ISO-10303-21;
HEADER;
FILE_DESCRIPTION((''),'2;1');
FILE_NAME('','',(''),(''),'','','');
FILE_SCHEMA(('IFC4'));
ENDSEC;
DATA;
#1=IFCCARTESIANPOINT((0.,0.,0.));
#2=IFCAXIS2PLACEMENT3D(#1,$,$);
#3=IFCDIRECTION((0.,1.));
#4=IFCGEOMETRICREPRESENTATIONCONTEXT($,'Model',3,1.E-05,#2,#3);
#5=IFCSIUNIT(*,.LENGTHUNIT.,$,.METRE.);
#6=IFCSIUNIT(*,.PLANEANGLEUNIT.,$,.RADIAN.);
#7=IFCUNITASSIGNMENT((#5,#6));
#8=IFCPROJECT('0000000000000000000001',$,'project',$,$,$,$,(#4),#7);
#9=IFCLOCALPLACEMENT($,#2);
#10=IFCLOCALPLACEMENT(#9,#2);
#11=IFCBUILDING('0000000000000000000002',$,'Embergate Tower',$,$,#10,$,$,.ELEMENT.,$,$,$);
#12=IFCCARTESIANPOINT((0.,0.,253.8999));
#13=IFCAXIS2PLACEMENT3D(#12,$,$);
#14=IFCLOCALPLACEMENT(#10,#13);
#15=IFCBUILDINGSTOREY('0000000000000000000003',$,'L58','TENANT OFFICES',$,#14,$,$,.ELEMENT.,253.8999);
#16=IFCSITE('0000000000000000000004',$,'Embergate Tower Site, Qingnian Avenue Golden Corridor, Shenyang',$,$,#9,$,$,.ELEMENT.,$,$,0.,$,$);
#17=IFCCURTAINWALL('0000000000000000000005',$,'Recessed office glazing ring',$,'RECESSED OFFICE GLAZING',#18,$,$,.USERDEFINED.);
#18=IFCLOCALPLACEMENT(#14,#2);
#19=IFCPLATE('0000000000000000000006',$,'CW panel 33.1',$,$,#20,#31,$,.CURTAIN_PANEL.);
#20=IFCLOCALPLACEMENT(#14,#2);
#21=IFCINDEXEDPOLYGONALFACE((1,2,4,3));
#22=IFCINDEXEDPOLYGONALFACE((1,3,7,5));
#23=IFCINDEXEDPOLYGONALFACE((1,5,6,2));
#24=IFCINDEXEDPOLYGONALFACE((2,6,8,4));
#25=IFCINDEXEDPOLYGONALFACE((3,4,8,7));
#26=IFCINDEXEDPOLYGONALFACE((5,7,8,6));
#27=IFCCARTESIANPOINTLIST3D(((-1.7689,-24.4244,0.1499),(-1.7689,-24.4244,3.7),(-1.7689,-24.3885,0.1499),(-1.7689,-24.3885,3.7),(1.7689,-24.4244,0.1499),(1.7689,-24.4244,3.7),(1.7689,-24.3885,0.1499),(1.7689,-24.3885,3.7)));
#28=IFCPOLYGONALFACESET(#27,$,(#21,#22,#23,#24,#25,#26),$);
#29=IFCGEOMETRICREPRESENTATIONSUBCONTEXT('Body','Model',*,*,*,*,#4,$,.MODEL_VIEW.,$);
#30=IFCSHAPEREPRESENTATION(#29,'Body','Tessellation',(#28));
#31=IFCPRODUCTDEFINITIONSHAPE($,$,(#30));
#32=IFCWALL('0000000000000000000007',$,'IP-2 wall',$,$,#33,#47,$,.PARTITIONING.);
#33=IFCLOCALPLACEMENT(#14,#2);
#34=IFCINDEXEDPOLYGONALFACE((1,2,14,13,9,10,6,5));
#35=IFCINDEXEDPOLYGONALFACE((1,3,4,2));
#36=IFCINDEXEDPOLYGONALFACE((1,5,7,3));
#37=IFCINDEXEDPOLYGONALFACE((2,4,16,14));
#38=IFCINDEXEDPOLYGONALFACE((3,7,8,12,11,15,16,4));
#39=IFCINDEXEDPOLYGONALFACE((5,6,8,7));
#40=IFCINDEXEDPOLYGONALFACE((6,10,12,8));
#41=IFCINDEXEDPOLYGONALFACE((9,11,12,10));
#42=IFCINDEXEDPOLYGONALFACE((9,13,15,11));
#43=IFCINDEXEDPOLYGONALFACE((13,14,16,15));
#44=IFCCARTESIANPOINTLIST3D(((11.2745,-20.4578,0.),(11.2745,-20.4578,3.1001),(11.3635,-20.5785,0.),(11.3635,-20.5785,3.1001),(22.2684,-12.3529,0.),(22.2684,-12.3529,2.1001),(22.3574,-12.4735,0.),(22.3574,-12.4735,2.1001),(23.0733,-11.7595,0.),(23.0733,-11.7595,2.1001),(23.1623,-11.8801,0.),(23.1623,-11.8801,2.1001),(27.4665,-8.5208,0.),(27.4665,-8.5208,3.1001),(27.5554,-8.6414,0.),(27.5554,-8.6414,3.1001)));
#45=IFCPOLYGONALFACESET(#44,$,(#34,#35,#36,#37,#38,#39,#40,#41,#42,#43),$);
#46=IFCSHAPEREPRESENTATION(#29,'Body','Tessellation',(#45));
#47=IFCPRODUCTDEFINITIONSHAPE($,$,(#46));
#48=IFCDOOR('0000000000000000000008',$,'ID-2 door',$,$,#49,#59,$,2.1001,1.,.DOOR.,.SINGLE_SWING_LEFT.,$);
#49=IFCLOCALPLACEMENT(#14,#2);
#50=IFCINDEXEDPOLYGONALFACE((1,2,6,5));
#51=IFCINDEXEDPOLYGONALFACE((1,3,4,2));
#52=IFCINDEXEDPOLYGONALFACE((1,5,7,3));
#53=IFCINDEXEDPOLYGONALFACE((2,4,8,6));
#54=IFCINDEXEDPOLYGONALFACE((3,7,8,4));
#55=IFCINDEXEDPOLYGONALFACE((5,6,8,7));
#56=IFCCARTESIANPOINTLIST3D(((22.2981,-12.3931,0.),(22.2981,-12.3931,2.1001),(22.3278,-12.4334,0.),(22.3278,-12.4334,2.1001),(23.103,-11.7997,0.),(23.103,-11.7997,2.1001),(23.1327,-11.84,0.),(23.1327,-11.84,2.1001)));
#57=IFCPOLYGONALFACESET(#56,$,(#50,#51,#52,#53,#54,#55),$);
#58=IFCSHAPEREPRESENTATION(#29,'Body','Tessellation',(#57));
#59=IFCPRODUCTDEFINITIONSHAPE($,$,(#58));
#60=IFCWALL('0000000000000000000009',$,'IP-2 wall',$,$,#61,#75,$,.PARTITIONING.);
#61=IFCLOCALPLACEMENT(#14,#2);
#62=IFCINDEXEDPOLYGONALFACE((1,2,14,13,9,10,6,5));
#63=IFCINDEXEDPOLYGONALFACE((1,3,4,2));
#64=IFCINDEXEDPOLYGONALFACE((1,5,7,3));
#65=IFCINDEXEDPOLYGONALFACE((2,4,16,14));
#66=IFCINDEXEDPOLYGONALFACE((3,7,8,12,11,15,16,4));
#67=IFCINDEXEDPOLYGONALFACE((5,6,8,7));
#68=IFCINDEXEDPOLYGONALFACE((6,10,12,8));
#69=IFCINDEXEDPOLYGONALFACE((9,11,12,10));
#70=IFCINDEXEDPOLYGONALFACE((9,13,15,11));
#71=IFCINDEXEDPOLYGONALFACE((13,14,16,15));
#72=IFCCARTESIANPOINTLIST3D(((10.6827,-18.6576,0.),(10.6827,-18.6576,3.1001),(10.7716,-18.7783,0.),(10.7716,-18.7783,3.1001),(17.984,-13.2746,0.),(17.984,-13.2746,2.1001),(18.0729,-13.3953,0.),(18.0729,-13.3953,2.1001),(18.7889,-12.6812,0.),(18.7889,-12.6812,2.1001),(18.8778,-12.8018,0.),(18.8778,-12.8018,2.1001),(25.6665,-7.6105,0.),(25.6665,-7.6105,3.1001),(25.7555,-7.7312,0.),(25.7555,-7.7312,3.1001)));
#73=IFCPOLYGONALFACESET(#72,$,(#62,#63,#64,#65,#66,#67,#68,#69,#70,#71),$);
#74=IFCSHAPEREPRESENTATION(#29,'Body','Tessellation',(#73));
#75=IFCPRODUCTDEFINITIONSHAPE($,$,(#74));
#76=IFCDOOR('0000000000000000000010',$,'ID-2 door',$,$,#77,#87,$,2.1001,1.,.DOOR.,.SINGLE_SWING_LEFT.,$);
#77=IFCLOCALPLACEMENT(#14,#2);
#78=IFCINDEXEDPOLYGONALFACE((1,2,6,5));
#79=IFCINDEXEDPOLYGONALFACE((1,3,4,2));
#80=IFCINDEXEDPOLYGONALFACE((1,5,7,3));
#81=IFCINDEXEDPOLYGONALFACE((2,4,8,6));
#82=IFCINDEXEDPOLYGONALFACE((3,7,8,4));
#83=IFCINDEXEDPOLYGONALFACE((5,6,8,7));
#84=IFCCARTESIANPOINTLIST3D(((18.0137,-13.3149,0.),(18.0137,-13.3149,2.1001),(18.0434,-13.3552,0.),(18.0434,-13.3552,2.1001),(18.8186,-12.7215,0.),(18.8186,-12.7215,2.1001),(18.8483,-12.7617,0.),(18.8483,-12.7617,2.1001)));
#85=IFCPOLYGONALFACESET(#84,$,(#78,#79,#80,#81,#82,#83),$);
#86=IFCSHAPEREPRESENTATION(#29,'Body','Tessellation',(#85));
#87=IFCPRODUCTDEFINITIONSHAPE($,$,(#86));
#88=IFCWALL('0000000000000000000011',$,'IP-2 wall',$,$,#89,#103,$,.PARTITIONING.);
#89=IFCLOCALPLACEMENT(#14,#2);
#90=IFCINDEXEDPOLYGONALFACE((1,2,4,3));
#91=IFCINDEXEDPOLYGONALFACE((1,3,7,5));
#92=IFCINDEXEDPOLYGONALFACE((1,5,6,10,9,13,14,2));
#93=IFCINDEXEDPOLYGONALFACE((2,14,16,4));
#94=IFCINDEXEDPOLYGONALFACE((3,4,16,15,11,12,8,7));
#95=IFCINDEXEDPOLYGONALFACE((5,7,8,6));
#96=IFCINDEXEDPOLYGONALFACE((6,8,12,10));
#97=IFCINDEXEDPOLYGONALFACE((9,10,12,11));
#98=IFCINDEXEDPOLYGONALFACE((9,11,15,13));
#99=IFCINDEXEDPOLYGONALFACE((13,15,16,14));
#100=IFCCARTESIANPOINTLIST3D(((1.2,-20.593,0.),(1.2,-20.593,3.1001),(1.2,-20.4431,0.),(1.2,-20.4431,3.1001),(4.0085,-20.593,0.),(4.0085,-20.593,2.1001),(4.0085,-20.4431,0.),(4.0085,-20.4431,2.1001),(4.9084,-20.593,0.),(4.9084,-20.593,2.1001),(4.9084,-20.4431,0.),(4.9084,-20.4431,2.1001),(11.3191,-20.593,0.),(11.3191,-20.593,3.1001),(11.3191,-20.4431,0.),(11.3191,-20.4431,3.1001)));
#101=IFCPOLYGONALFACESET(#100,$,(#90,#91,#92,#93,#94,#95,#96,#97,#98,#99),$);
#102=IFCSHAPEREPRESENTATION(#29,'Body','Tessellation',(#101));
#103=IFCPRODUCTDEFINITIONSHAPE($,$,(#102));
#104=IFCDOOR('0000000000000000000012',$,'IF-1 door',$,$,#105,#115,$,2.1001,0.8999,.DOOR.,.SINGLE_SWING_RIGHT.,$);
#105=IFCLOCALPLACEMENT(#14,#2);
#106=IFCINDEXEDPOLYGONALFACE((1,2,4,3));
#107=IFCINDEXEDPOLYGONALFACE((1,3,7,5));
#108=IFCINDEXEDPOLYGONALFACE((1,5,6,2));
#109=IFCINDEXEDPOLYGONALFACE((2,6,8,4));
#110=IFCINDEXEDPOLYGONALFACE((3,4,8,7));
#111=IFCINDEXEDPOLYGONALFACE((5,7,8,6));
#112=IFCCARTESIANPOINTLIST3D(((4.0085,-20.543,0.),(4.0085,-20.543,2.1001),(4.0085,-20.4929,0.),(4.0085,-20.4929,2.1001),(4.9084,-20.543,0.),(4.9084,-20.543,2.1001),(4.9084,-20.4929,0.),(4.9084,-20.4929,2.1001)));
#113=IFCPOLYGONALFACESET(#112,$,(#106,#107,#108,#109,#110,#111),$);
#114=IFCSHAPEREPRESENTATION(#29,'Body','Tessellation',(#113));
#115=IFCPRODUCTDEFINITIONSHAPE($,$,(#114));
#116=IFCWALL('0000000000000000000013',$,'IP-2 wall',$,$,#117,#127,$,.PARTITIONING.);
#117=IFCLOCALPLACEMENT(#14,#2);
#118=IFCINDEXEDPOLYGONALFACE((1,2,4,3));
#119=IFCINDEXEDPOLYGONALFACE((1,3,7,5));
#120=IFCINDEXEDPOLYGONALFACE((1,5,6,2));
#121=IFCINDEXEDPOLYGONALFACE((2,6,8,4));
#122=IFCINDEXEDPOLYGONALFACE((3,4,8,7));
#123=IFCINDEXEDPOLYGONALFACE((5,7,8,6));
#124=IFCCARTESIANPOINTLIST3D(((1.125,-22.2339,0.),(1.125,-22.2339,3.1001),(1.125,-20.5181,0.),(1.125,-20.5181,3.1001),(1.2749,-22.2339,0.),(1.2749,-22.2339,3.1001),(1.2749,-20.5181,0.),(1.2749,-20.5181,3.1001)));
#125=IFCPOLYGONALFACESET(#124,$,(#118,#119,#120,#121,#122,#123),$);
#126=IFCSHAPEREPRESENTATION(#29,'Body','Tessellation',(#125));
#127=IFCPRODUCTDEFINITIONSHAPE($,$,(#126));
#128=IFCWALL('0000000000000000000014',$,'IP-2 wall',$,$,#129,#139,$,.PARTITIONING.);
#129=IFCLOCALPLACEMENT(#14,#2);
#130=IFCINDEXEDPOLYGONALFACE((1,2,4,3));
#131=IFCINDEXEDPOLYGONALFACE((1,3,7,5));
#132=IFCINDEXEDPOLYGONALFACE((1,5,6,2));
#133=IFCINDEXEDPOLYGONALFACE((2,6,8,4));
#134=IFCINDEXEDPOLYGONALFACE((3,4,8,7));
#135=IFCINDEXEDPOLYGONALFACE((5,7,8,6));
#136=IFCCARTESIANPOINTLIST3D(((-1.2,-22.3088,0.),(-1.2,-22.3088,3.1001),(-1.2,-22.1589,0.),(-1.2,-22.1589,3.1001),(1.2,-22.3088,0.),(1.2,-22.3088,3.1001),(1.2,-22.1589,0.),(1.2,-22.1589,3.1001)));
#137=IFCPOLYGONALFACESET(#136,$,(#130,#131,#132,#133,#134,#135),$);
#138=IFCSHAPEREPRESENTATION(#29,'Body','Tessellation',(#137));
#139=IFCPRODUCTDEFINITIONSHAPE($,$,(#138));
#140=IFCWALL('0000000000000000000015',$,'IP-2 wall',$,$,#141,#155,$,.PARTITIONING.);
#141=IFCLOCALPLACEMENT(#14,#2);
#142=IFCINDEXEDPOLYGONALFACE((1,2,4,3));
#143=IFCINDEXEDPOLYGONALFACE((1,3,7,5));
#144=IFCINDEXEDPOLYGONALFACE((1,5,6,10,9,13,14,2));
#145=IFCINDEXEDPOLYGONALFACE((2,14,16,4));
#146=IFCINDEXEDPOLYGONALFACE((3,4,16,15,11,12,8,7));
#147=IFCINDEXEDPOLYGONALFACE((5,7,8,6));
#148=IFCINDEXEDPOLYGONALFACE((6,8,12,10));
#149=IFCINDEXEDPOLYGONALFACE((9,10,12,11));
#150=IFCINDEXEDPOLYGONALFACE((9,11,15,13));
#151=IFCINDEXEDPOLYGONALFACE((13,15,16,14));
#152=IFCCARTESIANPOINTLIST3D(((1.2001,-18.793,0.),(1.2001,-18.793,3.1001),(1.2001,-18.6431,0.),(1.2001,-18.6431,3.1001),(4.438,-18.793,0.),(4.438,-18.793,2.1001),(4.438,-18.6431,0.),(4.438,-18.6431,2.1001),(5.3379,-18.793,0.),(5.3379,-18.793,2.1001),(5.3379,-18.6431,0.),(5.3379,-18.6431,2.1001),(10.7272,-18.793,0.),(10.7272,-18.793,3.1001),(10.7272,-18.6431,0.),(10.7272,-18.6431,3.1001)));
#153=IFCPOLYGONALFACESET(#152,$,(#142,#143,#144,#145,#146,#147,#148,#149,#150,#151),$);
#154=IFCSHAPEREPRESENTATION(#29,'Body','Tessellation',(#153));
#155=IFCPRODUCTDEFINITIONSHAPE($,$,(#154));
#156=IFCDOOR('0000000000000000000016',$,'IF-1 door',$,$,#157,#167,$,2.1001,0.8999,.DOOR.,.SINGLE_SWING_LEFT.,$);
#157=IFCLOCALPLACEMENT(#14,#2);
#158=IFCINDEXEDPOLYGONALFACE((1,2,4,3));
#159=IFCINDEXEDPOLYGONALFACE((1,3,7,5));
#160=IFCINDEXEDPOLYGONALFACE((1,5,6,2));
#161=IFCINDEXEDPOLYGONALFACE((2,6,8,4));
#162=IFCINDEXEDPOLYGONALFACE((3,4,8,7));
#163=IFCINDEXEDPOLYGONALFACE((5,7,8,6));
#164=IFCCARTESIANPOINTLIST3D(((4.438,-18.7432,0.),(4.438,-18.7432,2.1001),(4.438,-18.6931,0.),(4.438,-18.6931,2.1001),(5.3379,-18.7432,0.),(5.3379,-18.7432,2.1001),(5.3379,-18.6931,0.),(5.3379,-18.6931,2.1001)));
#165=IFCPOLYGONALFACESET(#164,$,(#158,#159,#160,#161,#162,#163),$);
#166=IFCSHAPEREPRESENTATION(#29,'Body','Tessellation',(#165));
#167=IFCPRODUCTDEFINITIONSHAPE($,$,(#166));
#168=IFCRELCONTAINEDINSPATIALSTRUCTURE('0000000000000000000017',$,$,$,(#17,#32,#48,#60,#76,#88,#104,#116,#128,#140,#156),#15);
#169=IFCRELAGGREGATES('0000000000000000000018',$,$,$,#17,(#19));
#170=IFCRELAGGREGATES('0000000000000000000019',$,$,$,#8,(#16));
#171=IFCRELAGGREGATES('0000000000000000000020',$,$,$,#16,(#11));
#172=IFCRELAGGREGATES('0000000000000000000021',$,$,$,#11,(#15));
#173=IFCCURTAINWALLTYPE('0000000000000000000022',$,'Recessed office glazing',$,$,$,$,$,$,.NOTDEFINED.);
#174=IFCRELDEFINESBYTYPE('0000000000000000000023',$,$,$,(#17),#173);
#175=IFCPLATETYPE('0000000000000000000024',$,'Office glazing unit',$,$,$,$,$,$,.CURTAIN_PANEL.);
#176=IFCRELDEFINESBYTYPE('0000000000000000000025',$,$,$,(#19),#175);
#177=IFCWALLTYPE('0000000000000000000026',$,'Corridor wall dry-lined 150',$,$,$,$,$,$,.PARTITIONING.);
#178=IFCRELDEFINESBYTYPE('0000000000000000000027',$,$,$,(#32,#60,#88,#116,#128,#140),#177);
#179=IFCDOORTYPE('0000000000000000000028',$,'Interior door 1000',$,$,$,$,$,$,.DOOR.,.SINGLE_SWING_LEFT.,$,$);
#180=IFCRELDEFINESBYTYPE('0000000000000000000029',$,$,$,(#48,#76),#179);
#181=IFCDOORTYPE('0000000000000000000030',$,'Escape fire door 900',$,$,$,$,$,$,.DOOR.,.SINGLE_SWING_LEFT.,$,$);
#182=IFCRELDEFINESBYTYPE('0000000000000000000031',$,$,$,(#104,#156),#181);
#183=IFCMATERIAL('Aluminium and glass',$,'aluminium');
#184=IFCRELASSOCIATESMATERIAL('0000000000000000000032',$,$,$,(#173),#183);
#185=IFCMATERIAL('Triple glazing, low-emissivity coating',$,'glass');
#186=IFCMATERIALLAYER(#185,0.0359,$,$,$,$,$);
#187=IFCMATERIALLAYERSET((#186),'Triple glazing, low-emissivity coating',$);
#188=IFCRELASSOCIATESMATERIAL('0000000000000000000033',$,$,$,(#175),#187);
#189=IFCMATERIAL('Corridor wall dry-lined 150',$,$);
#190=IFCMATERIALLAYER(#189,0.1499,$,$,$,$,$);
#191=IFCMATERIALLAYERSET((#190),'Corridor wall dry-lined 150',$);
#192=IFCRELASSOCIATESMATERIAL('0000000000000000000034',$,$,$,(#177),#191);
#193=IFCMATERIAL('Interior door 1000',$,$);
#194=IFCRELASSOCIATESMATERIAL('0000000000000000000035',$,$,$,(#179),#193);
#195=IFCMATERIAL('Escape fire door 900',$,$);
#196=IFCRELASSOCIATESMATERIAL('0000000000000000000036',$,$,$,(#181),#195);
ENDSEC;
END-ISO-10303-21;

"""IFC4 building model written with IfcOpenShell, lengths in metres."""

from ifc_helpers import new_model, si_unit, direction, frame, frame_2d, origin, origin_2d, place, context, subcontext, project, spatial, rectangle, extrude, source, transform, mapped, material, layer, layer_set, type_object, element, fill, aggregate, save


model = new_model("IFC4")

# Units and contexts
model_context = context("Model", 3, precision=1e-05, world=origin(), true_north=direction((0.0, 1.0)))
body_context = subcontext(model_context, "Body", "Model", "MODEL_VIEW")
ifc_project = project(units=[si_unit("LENGTHUNIT", "METRE"), si_unit("PLANEANGLEUNIT", "RADIAN")], contexts=[model_context])

# Site, building, storey
site_placement = place(None, origin())
site = spatial("IfcSite", under=ifc_project, at=site_placement, Name="Embergate Tower Site, Qingnian Avenue Golden Corridor, Shenyang", CompositionType="ELEMENT", RefElevation=0.0)
building_placement = place(site_placement, origin())
building = spatial("IfcBuilding", under=site, at=building_placement, Name="Embergate Tower", CompositionType="ELEMENT")
storey_placement = place(building_placement, frame((0.0, 0.0, 253.8999)))
storey = spatial("IfcBuildingStorey", under=building, at=storey_placement, Name="L58", Description="TENANT OFFICES", CompositionType="ELEMENT", Elevation=253.8999)

# Curtain wall, plate
ifc_material_1 = material(Name="Aluminium and glass", Category="aluminium")
curtain_wall_type = type_object("IfcCurtainWallType", Name="Recessed office glazing", PredefinedType="NOTDEFINED", material=ifc_material_1)
curtain_wall_placement = place(storey_placement, origin())
curtain_wall = element("IfcCurtainWall", 1, at=curtain_wall_placement, inside=storey, type_object=curtain_wall_type, Name="Recessed office glazing ring", ObjectType="RECESSED OFFICE GLAZING", PredefinedType="USERDEFINED")
ifc_material_2 = material(Name="Triple glazing, low-emissivity coating", Category="glass")
ifc_layer_1 = layer(ifc_material_2, 0.0359)
ifc_layer_set_1 = layer_set([ifc_layer_1], Name="Triple glazing, low-emissivity coating")
plate_type = type_object("IfcPlateType", Name="Office glazing unit", PredefinedType="CURTAIN_PANEL", material=ifc_layer_set_1)
shared_shape_1 = source(origin(), body_context, "Body", "SweptSolid", [
    extrude(rectangle(XDim=3.5378, YDim=0.0359, at=origin_2d()), origin(), (0.0, 0.0, 1.0), 3.55),
])
plate_1_placement = place(storey_placement, frame((0.0, -24.4065, 0.1499), z_axis=(0.0, 0.0, 1.0), x_axis=(1.0, 0.0, 0.0)))
plate_1 = element("IfcPlate", 2, at=plate_1_placement, type_object=plate_type, Name="CW panel 33.1", PredefinedType="CURTAIN_PANEL", context=body_context, shape_type="MappedRepresentation", body=[
    mapped(shared_shape_1, transform((0.0, 0.0, 0.0))),
])
aggregate(curtain_wall, [plate_1])

# Walls, openings, doors
ifc_material_3 = material(Name="Corridor wall dry-lined 150")
ifc_layer_2 = layer(ifc_material_3, 0.1499)
ifc_layer_set_2 = layer_set([ifc_layer_2], Name="Corridor wall dry-lined 150")
wall_type_1 = type_object("IfcWallType", Name="Corridor wall dry-lined 150", PredefinedType="PARTITIONING", material=ifc_layer_set_2)
shared_shape_2 = source(origin(), body_context, "Body", "SweptSolid", [
    extrude(rectangle(XDim=20.1165, YDim=0.1499, at=frame_2d((10.0581, 0.0))), origin(), (0.0, 0.0, 1.0), 3.1001),
])
wall_1_placement = place(storey_placement, frame((11.3191, -20.5181, 0.0), z_axis=(0.0, 0.0, 1.0), x_axis=(0.80491, 0.593397, 0.0)))
wall_1 = element("IfcWall", 3, at=wall_1_placement, inside=storey, type_object=wall_type_1, Name="IP-2 wall", PredefinedType="PARTITIONING", context=body_context, shape_type="MappedRepresentation", body=[
    mapped(shared_shape_2, transform((0.0, 0.0, 0.0))),
])
shared_shape_3 = source(origin(), body_context, "Body", "SweptSolid", [
    extrude(rectangle(XDim=1.0, YDim=2.1001, at=frame_2d((0.5, 1.05))), frame((0.0, 0.085, 0.0), z_axis=(0.0, -1.0, 0.0), x_axis=(1.0, 0.0, 0.0)), (0.0, 0.0, 1.0), 0.1699),
])
opening_1_placement = place(wall_1_placement, frame((13.6584, 0.0, 0.0)))
opening_1 = element("IfcOpeningElement", 4, at=opening_1_placement, cuts=wall_1, PredefinedType="OPENING", context=body_context, shape_type="MappedRepresentation", body=[
    mapped(shared_shape_3, transform((0.0, 0.0, 0.0))),
])
ifc_material_4 = material(Name="Interior door 1000")
door_type_1 = type_object("IfcDoorType", Name="Interior door 1000", OperationType="SINGLE_SWING_LEFT", PredefinedType="DOOR", material=ifc_material_4)
shared_shape_4 = source(origin(), body_context, "Body", "SweptSolid", [
    extrude(rectangle(XDim=1.0, YDim=2.1001, at=frame_2d((0.5, 1.05))), frame((0.0, 0.0249, 0.0), z_axis=(0.0, -1.0, 0.0), x_axis=(1.0, 0.0, 0.0)), (0.0, 0.0, 1.0), 0.05),
])
door_1_placement = place(opening_1_placement, origin())
door_1 = element("IfcDoor", 5, at=door_1_placement, inside=storey, type_object=door_type_1, Name="ID-2 door", OperationType="SINGLE_SWING_LEFT", OverallHeight=2.1001, OverallWidth=1.0, PredefinedType="DOOR", context=body_context, shape_type="MappedRepresentation", body=[
    mapped(shared_shape_4, transform((0.0, 0.0, 0.0))),
])
fill(opening_1, door_1)
shared_shape_5 = source(origin(), body_context, "Body", "SweptSolid", [
    extrude(rectangle(XDim=18.616, YDim=0.1499, at=frame_2d((9.3081, 0.0))), origin(), (0.0, 0.0, 1.0), 3.1001),
])
wall_2_placement = place(storey_placement, frame((10.7271, -18.718, 0.0), z_axis=(0.0, 0.0, 1.0), x_axis=(0.804893, 0.59342, 0.0)))
wall_2 = element("IfcWall", 6, at=wall_2_placement, inside=storey, type_object=wall_type_1, Name="IP-2 wall", PredefinedType="PARTITIONING", context=body_context, shape_type="MappedRepresentation", body=[
    mapped(shared_shape_5, transform((0.0, 0.0, 0.0))),
])
opening_2_placement = place(wall_2_placement, frame((9.0713, 0.0, 0.0)))
opening_2 = element("IfcOpeningElement", 7, at=opening_2_placement, cuts=wall_2, PredefinedType="OPENING", context=body_context, shape_type="MappedRepresentation", body=[
    mapped(shared_shape_3, transform((0.0, 0.0, 0.0))),
])
door_2_placement = place(opening_2_placement, origin())
door_2 = element("IfcDoor", 8, at=door_2_placement, inside=storey, type_object=door_type_1, Name="ID-2 door", OperationType="SINGLE_SWING_LEFT", OverallHeight=2.1001, OverallWidth=1.0, PredefinedType="DOOR", context=body_context, shape_type="MappedRepresentation", body=[
    mapped(shared_shape_4, transform((0.0, 0.0, 0.0))),
])
fill(opening_2, door_2)
shared_shape_6 = source(origin(), body_context, "Body", "SweptSolid", [
    extrude(rectangle(XDim=10.1191, YDim=0.1499, at=frame_2d((5.0596, 0.0))), origin(), (0.0, 0.0, 1.0), 3.1001),
])
wall_3_placement = place(storey_placement, frame((11.3191, -20.5181, 0.0), z_axis=(0.0, 0.0, 1.0), x_axis=(-1.0, 0.0, 0.0)))
wall_3 = element("IfcWall", 9, at=wall_3_placement, inside=storey, type_object=wall_type_1, Name="IP-2 wall", PredefinedType="PARTITIONING", context=body_context, shape_type="MappedRepresentation", body=[
    mapped(shared_shape_6, transform((0.0, 0.0, 0.0))),
])
shared_shape_7 = source(origin(), body_context, "Body", "SweptSolid", [
    extrude(rectangle(XDim=0.8999, YDim=2.1001, at=frame_2d((0.45, 1.05))), frame((0.0, 0.085, 0.0), z_axis=(0.0, -1.0, 0.0), x_axis=(1.0, 0.0, 0.0)), (0.0, 0.0, 1.0), 0.1699),
])
opening_3_placement = place(wall_3_placement, frame((6.4106, 0.0, 0.0)))
opening_3 = element("IfcOpeningElement", 10, at=opening_3_placement, cuts=wall_3, PredefinedType="OPENING", context=body_context, shape_type="MappedRepresentation", body=[
    mapped(shared_shape_7, transform((0.0, 0.0, 0.0))),
])
ifc_material_5 = material(Name="Escape fire door 900")
door_type_2 = type_object("IfcDoorType", Name="Escape fire door 900", OperationType="SINGLE_SWING_LEFT", PredefinedType="DOOR", material=ifc_material_5)
shared_shape_8 = source(origin(), body_context, "Body", "SweptSolid", [
    extrude(rectangle(XDim=0.8999, YDim=2.1001, at=frame_2d((0.45, 1.05))), frame((0.0, 0.0249, 0.0), z_axis=(0.0, -1.0, 0.0), x_axis=(1.0, 0.0, 0.0)), (0.0, 0.0, 1.0), 0.05),
])
door_3_placement = place(opening_3_placement, origin())
door_3 = element("IfcDoor", 11, at=door_3_placement, inside=storey, type_object=door_type_2, Name="IF-1 door", OperationType="SINGLE_SWING_RIGHT", OverallHeight=2.1001, OverallWidth=0.8999, PredefinedType="DOOR", context=body_context, shape_type="MappedRepresentation", body=[
    mapped(shared_shape_8, transform((0.0, 0.0, 0.0))),
])
fill(opening_3, door_3)

# Walls
shared_shape_9 = source(origin(), body_context, "Body", "SweptSolid", [
    extrude(rectangle(XDim=1.7158, YDim=0.1499, at=frame_2d((0.8579, 0.0))), origin(), (0.0, 0.0, 1.0), 3.1001),
])
wall_4_placement = place(storey_placement, frame((1.2, -20.5181, 0.0), z_axis=(0.0, 0.0, 1.0), x_axis=(0.0, -1.0, 0.0)))
element("IfcWall", 12, at=wall_4_placement, inside=storey, type_object=wall_type_1, Name="IP-2 wall", PredefinedType="PARTITIONING", context=body_context, shape_type="MappedRepresentation", body=[
    mapped(shared_shape_9, transform((0.0, 0.0, 0.0))),
])
shared_shape_10 = source(origin(), body_context, "Body", "SweptSolid", [
    extrude(rectangle(XDim=2.3999, YDim=0.1499, at=frame_2d((1.2, 0.0))), origin(), (0.0, 0.0, 1.0), 3.1001),
])
wall_5_placement = place(storey_placement, frame((1.2, -22.2339, 0.0), z_axis=(0.0, 0.0, 1.0), x_axis=(-1.0, 0.0, 0.0)))
element("IfcWall", 13, at=wall_5_placement, inside=storey, type_object=wall_type_1, Name="IP-2 wall", PredefinedType="PARTITIONING", context=body_context, shape_type="MappedRepresentation", body=[
    mapped(shared_shape_10, transform((0.0, 0.0, 0.0))),
])

# Wall, opening, door
shared_shape_11 = source(origin(), body_context, "Body", "SweptSolid", [
    extrude(rectangle(XDim=9.5271, YDim=0.1499, at=frame_2d((4.7637, 0.0))), origin(), (0.0, 0.0, 1.0), 3.1001),
])
wall_6_placement = place(storey_placement, frame((1.2, -18.718, 0.0), z_axis=(0.0, 0.0, 1.0), x_axis=(1.0, 0.0, 0.0)))
wall_6 = element("IfcWall", 14, at=wall_6_placement, inside=storey, type_object=wall_type_1, Name="IP-2 wall", PredefinedType="PARTITIONING", context=body_context, shape_type="MappedRepresentation", body=[
    mapped(shared_shape_11, transform((0.0, 0.0, 0.0))),
])
opening_4_placement = place(wall_6_placement, frame((3.238, 0.0, 0.0)))
opening_4 = element("IfcOpeningElement", 15, at=opening_4_placement, cuts=wall_6, PredefinedType="OPENING", context=body_context, shape_type="MappedRepresentation", body=[
    mapped(shared_shape_7, transform((0.0, 0.0, 0.0))),
])
door_4_placement = place(opening_4_placement, origin())
door_4 = element("IfcDoor", 16, at=door_4_placement, inside=storey, type_object=door_type_2, Name="IF-1 door", OperationType="SINGLE_SWING_LEFT", OverallHeight=2.1001, OverallWidth=0.8999, PredefinedType="DOOR", context=body_context, shape_type="MappedRepresentation", body=[
    mapped(shared_shape_8, transform((0.0, 0.0, 0.0))),
])
fill(opening_4, door_4)

save(model, "model.ifc")
